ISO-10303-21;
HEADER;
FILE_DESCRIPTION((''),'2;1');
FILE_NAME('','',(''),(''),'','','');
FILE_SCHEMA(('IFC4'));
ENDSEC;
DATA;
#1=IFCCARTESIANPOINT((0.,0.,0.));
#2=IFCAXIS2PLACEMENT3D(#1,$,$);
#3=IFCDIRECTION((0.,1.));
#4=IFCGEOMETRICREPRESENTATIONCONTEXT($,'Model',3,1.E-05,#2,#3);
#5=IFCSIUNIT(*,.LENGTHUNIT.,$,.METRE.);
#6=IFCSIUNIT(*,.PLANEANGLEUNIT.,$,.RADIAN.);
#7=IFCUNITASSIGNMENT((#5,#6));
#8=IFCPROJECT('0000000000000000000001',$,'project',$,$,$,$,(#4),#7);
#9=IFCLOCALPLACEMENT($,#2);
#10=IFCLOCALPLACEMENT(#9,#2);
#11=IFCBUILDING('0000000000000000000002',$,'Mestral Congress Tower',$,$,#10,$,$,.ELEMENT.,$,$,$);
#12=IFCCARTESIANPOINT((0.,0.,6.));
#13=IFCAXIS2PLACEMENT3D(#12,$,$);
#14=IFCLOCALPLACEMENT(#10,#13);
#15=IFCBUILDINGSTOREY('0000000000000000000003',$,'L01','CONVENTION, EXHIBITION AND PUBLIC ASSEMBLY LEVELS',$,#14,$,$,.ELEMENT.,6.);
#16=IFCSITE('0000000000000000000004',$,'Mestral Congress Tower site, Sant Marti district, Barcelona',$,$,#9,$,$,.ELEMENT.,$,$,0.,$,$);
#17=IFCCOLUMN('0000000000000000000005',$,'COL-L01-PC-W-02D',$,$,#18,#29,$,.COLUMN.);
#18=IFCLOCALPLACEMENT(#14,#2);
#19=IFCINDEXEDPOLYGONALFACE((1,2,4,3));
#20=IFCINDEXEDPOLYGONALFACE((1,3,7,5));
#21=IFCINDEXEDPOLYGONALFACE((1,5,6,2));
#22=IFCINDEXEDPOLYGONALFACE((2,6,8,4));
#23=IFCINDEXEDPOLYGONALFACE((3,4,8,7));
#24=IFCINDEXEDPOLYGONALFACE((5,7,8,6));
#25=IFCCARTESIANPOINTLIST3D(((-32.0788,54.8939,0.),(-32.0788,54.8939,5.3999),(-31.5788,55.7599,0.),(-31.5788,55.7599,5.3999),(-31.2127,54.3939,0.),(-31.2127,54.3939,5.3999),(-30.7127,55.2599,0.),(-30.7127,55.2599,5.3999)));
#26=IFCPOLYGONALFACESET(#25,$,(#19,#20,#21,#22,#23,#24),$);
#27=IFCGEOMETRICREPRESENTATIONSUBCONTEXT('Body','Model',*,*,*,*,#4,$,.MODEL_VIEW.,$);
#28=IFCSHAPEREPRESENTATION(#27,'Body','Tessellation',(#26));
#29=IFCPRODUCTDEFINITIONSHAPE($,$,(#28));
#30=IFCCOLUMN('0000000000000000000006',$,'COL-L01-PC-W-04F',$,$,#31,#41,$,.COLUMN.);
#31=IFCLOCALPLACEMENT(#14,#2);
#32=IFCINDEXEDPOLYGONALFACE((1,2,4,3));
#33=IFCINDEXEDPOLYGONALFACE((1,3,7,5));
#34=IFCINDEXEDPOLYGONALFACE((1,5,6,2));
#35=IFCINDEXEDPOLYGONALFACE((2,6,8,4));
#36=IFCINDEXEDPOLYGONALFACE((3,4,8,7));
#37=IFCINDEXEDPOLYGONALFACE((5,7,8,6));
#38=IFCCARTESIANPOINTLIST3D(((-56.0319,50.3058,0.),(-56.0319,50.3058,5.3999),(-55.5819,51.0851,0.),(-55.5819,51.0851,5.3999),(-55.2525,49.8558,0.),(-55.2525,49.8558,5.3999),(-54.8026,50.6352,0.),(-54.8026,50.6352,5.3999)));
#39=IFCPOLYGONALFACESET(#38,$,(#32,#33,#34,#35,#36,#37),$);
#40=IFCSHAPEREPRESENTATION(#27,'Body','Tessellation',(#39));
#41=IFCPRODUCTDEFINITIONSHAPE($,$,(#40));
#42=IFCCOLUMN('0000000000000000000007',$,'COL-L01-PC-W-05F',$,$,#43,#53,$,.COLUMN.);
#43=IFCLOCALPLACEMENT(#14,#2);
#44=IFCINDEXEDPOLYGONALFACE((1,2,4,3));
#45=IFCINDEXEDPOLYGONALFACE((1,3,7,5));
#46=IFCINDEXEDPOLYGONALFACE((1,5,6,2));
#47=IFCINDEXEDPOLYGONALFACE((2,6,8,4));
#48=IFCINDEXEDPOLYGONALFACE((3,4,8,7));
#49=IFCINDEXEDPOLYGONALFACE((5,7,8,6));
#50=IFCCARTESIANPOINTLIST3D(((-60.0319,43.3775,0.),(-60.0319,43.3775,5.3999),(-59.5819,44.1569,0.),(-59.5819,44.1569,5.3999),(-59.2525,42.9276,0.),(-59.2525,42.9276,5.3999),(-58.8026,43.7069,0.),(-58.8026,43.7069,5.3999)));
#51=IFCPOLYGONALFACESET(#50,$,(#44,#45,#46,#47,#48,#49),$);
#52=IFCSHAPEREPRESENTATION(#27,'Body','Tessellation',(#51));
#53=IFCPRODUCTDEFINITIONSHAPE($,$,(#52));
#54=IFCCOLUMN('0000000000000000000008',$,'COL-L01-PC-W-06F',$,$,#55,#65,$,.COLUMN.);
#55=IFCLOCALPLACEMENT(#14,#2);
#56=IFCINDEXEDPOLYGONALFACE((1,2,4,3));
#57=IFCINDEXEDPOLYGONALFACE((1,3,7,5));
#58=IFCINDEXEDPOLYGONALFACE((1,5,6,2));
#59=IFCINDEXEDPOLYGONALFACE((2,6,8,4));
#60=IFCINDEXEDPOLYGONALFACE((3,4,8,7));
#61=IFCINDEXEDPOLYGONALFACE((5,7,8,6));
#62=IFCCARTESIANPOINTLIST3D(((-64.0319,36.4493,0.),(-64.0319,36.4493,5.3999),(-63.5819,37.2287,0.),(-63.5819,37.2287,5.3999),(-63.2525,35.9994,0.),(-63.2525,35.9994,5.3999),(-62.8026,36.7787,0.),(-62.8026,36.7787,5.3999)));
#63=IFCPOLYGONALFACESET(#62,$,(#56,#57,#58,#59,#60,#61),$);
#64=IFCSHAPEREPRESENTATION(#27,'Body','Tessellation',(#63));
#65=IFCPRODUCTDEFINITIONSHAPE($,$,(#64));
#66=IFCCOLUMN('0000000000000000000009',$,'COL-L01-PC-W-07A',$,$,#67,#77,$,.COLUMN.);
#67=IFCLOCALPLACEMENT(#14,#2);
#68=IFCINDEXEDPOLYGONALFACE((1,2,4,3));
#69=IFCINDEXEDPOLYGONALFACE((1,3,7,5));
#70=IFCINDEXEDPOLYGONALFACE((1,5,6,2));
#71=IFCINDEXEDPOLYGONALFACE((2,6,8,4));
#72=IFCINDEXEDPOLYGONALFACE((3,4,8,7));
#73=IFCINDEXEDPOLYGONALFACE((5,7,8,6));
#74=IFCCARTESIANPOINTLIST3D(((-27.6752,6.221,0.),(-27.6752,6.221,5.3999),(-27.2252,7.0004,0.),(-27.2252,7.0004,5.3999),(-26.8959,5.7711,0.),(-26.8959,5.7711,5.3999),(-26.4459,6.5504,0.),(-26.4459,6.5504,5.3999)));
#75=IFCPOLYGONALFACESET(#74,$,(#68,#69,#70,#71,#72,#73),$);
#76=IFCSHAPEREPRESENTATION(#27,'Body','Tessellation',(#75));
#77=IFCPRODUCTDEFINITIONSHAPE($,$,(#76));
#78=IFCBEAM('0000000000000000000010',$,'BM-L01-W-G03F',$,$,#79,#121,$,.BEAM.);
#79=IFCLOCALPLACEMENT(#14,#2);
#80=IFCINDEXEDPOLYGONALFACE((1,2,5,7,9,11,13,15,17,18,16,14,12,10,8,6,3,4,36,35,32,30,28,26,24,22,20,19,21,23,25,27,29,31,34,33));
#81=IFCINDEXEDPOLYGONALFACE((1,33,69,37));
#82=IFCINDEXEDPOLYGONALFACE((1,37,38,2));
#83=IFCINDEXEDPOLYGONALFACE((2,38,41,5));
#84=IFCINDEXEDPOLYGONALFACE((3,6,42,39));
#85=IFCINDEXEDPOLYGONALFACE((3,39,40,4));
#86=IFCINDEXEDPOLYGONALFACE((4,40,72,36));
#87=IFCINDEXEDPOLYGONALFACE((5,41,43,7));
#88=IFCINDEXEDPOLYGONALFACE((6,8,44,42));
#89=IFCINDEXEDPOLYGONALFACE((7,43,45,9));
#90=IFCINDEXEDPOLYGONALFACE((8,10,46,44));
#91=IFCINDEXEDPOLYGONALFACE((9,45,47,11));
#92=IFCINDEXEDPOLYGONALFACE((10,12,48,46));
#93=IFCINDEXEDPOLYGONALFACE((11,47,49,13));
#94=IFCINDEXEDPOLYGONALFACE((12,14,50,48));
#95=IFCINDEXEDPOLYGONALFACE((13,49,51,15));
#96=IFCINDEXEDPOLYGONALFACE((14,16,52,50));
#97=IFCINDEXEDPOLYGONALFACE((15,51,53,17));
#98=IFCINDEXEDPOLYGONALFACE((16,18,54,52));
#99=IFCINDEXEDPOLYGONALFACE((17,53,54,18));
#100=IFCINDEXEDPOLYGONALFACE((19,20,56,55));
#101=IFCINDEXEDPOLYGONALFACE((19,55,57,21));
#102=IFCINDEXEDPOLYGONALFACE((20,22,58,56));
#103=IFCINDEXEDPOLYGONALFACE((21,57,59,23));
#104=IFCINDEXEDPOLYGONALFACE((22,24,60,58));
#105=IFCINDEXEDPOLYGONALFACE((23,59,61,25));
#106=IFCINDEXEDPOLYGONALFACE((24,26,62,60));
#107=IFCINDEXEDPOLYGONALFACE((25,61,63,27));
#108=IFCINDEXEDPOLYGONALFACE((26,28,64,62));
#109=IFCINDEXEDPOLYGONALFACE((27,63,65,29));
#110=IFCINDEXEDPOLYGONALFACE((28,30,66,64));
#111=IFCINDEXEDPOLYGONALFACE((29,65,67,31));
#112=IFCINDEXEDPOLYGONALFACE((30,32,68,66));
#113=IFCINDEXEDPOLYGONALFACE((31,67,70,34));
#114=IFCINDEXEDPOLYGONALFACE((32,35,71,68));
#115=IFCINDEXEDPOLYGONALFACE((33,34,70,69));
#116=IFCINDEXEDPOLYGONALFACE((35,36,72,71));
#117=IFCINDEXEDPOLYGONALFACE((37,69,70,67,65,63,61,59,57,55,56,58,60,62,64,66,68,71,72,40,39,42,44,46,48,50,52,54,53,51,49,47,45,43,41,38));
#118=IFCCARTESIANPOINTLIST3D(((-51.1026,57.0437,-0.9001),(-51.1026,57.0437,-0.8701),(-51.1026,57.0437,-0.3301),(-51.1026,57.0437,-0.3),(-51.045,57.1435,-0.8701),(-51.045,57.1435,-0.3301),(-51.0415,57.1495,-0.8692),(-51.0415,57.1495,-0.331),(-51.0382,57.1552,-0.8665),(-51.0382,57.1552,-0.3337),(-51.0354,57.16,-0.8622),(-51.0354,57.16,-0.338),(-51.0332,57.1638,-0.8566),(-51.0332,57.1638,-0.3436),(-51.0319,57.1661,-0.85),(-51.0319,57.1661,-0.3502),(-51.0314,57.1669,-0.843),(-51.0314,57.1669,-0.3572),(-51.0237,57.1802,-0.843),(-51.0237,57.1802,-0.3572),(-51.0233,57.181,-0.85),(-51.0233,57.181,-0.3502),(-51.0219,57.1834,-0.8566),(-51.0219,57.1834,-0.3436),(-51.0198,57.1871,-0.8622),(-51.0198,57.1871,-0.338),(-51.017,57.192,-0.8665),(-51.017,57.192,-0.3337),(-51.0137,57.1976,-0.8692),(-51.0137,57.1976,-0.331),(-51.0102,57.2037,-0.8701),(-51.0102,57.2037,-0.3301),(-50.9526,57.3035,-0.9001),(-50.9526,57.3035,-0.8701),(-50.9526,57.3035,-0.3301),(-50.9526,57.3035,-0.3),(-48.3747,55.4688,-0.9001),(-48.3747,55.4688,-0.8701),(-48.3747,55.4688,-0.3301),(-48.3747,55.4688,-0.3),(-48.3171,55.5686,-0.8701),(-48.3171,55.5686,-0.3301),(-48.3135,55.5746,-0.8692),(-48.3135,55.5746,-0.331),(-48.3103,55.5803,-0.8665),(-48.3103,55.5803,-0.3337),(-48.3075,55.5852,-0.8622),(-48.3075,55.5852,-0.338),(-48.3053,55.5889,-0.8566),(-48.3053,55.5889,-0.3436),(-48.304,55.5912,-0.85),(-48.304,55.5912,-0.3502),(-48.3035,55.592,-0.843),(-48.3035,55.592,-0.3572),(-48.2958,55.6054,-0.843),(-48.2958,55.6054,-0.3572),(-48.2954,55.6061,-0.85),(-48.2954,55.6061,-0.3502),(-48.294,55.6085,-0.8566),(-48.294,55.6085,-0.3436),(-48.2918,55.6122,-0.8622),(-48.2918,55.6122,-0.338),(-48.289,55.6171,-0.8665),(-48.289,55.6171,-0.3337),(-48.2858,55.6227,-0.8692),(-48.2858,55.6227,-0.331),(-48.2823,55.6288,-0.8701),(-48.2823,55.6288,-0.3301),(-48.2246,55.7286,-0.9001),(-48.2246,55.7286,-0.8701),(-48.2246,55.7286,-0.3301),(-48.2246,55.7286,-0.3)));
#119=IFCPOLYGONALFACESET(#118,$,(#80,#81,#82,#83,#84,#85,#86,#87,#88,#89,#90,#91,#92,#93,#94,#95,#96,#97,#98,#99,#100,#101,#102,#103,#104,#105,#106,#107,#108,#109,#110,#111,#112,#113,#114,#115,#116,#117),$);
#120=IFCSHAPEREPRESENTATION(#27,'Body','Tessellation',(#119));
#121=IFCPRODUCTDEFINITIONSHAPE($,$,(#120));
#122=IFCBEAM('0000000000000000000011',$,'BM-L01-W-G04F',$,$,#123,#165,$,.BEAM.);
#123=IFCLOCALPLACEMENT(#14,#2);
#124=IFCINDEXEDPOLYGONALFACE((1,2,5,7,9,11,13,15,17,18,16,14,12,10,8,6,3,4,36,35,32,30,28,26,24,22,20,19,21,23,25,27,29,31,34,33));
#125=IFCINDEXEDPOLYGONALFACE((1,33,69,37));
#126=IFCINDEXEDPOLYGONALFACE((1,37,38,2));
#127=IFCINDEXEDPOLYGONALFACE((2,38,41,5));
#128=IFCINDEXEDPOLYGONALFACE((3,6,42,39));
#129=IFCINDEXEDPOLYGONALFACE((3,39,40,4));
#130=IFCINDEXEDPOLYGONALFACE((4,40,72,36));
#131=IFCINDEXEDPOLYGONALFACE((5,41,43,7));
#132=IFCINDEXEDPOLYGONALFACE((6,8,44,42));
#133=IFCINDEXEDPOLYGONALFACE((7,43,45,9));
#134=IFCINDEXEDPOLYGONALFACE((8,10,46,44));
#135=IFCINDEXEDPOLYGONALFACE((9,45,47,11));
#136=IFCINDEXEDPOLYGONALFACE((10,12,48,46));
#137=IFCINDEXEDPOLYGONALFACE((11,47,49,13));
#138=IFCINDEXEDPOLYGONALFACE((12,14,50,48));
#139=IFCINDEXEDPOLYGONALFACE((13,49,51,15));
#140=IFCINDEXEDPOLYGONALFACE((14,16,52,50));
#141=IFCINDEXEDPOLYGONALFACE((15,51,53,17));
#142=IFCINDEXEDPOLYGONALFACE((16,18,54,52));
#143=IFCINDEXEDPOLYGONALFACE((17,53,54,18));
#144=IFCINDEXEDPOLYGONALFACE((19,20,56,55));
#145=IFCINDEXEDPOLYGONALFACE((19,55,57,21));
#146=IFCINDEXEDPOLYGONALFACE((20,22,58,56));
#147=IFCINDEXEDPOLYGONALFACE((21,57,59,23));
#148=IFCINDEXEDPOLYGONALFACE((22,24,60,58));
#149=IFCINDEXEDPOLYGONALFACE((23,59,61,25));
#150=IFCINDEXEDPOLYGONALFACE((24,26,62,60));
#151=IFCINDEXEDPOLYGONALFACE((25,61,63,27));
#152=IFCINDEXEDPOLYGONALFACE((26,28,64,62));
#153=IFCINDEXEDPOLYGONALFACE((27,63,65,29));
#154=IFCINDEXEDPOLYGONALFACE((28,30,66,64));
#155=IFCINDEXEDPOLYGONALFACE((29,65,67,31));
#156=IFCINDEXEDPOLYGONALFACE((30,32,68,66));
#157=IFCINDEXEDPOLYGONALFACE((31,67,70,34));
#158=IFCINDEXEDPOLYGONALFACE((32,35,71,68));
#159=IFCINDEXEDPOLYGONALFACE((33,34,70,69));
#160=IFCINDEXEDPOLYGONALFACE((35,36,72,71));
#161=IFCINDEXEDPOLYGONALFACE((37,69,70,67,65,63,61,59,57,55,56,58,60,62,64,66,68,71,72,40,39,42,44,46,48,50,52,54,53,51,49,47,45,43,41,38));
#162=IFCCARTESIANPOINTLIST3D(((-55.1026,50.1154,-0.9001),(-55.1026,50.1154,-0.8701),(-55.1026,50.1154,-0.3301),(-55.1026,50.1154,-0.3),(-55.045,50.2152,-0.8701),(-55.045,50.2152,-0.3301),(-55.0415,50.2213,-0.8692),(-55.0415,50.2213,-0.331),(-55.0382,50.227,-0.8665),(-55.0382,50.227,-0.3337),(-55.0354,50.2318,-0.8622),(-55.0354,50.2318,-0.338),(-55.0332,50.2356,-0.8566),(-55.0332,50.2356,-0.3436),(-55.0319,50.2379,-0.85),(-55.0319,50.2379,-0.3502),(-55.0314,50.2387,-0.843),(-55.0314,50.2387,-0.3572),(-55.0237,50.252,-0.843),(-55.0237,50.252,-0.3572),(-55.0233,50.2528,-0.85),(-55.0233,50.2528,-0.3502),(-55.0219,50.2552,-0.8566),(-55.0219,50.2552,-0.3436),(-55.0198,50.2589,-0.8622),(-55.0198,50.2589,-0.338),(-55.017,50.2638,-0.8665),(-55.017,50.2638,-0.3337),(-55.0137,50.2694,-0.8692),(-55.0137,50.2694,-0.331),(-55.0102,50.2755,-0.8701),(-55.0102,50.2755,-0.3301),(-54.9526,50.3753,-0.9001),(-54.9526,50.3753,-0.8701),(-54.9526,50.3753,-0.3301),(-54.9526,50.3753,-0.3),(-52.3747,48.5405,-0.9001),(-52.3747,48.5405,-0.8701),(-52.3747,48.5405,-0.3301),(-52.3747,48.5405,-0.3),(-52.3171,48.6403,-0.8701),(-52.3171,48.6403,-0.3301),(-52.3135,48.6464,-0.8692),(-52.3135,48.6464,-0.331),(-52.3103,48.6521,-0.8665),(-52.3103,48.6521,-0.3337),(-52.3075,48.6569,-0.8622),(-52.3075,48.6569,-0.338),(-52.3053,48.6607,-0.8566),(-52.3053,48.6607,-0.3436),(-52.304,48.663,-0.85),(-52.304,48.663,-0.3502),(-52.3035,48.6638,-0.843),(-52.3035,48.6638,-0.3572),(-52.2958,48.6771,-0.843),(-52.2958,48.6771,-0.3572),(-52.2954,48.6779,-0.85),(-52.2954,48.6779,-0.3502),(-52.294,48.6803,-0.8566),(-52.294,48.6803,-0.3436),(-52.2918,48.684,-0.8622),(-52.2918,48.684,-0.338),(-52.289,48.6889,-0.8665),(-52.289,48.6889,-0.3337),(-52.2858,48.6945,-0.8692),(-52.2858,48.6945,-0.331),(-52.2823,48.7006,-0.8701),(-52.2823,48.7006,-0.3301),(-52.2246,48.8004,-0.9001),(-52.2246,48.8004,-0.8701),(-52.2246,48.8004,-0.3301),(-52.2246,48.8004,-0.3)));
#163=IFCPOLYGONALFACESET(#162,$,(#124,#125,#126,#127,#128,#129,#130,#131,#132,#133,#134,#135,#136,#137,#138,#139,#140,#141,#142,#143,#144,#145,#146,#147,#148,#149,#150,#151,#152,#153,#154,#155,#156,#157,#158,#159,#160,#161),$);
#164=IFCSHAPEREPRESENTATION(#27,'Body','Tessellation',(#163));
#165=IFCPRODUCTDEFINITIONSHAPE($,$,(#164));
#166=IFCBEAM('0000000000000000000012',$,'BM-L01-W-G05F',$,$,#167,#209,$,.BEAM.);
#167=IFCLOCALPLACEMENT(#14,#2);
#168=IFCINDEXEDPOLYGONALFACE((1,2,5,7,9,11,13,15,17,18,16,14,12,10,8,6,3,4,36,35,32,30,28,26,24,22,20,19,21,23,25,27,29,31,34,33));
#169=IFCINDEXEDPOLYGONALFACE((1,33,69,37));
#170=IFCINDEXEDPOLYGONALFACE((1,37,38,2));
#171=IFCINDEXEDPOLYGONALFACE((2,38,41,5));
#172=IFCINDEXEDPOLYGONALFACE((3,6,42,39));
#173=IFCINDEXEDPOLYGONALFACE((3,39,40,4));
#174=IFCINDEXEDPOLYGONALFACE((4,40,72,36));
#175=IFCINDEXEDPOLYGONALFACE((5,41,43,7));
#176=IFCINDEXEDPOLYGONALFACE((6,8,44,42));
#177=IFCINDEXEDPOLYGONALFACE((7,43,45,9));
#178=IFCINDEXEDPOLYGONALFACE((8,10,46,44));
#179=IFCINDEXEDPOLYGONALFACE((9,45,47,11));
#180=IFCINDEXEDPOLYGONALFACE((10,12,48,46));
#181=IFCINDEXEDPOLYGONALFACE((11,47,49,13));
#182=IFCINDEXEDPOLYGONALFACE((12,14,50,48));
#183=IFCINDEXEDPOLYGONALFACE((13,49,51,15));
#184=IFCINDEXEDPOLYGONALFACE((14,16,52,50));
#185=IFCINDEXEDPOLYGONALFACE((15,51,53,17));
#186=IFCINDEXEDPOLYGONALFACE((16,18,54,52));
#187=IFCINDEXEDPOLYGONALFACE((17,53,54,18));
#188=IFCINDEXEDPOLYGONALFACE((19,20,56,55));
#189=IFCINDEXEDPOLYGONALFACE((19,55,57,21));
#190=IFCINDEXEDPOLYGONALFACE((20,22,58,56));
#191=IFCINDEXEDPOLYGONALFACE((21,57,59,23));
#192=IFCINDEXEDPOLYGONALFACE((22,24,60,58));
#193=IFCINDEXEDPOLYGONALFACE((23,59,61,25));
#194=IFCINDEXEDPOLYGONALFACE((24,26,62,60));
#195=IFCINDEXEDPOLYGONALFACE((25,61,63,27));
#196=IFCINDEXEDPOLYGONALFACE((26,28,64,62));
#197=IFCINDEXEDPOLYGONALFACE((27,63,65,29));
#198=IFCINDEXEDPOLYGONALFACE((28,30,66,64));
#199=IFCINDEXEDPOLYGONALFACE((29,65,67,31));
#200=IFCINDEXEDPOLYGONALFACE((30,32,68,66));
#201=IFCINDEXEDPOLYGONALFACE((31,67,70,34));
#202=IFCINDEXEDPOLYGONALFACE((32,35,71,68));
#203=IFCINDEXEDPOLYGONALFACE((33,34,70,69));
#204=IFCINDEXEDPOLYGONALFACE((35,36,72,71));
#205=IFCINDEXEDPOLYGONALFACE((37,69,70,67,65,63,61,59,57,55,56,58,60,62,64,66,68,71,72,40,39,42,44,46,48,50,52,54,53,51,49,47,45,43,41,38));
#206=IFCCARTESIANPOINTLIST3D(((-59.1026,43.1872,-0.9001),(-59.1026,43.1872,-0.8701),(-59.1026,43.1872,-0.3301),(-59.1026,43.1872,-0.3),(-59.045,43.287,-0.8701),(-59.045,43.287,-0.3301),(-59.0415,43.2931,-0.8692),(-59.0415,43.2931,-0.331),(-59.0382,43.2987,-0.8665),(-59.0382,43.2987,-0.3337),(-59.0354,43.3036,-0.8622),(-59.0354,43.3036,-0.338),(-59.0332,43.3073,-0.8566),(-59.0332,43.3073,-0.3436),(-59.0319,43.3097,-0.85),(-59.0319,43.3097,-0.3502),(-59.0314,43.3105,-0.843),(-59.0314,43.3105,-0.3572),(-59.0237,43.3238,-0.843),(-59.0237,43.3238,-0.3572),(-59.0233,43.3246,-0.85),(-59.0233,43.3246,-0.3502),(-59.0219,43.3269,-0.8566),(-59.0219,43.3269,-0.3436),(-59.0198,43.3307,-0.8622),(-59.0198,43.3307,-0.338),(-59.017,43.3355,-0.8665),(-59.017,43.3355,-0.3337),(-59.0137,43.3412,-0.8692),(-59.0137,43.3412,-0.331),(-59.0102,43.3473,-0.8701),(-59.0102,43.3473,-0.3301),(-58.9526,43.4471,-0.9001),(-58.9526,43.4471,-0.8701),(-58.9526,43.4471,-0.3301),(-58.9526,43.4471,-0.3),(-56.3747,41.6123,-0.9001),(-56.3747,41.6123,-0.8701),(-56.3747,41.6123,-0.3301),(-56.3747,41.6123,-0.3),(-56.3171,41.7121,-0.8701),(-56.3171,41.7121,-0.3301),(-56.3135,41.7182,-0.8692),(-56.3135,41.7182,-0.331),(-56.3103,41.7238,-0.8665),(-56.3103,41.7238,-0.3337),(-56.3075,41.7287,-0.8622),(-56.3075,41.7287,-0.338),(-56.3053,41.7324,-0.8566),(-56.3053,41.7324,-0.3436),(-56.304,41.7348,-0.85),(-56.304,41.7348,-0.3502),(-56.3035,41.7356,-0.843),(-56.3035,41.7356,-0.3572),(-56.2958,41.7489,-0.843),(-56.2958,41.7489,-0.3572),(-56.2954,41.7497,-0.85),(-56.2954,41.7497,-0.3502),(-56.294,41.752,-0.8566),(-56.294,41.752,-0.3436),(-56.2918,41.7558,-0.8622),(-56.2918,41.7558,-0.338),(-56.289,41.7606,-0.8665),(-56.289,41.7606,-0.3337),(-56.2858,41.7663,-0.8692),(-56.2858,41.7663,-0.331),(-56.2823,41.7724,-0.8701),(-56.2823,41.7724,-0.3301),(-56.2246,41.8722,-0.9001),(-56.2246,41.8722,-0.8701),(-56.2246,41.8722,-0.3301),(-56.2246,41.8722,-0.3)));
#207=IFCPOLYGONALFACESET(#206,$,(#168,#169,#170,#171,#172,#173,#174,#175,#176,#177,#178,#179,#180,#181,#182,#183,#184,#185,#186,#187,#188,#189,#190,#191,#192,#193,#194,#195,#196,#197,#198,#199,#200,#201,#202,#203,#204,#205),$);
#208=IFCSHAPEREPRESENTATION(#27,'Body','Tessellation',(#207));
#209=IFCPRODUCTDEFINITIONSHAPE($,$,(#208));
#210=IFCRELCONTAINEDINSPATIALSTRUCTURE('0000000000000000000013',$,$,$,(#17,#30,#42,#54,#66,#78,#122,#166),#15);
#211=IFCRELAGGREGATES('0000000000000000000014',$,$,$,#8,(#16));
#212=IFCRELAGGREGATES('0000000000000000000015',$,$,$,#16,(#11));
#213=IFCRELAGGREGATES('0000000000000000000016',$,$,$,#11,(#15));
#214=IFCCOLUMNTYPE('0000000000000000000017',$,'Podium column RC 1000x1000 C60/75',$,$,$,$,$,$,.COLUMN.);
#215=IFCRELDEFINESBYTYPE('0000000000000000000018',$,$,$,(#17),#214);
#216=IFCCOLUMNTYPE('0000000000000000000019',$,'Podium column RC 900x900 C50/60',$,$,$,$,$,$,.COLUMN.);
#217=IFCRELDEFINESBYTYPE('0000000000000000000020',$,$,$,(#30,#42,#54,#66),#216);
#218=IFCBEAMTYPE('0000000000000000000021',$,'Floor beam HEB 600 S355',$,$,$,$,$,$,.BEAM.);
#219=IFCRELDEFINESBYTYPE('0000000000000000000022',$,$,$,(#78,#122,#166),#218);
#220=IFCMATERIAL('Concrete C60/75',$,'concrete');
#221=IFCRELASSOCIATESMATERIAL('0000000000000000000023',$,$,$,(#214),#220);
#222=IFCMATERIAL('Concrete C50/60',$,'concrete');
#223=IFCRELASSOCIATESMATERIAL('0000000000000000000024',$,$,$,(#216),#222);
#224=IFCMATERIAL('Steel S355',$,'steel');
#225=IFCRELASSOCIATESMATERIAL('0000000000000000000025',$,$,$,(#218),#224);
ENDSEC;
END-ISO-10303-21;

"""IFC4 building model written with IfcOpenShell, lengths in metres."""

from ifc_helpers import new_model, si_unit, direction, frame, origin, origin_2d, place, context, subcontext, project, spatial, rectangle, i_section, extrude, material, material_profile, profile_set, type_object, element, save


model = new_model("IFC4")

# Units and contexts
model_context = context("Model", 3, precision=1e-05, world=origin(), true_north=direction((0.0, 1.0)))
body_context = subcontext(model_context, "Body", "Model", "MODEL_VIEW")
ifc_project = project(units=[si_unit("LENGTHUNIT", "METRE"), si_unit("PLANEANGLEUNIT", "RADIAN")], contexts=[model_context])

# Site, building, storey
site_placement = place(None, origin())
site = spatial("IfcSite", under=ifc_project, at=site_placement, Name="Mestral Congress Tower site, Sant Marti district, Barcelona", CompositionType="ELEMENT", RefElevation=0.0)
building_placement = place(site_placement, origin())
building = spatial("IfcBuilding", under=site, at=building_placement, Name="Mestral Congress Tower", CompositionType="ELEMENT")
storey_placement = place(building_placement, frame((0.0, 0.0, 6.0)))
storey = spatial("IfcBuildingStorey", under=building, at=storey_placement, Name="L01", Description="CONVENTION, EXHIBITION AND PUBLIC ASSEMBLY LEVELS", CompositionType="ELEMENT", Elevation=6.0)

# Columns
ifc_material_1 = material(Name="Concrete C60/75", Category="concrete")
ifc_material_profile_1 = material_profile(ifc_material_1, rectangle(XDim=1.0, YDim=1.0, at=origin_2d()), Name="RC 1000x1000")
ifc_profile_set_1 = profile_set([ifc_material_profile_1], Name="Concrete C60/75")
column_type_1 = type_object("IfcColumnType", Name="Podium column RC 1000x1000 C60/75", PredefinedType="COLUMN", material=ifc_profile_set_1)
column_placement = place(storey_placement, frame((-31.3958, 55.0769, 0.0), z_axis=(0.0, 0.0, 1.0), x_axis=(-0.5, -0.866025, 0.0)))
element("IfcColumn", 1, at=column_placement, inside=storey, type_object=column_type_1, Name="COL-L01-PC-W-02D", PredefinedType="COLUMN", context=body_context, shape_type="SweptSolid", body=[
    extrude(rectangle(XDim=1.0, YDim=1.0, at=origin_2d()), origin(), (0.0, 0.0, 1.0), 5.3999),
])
ifc_material_2 = material(Name="Concrete C50/60", Category="concrete")
ifc_material_profile_2 = material_profile(ifc_material_2, rectangle(XDim=0.8999, YDim=0.8999, at=origin_2d()), Name="RC 900x900")
ifc_profile_set_2 = profile_set([ifc_material_profile_2], Name="Concrete C50/60")
column_type_2 = type_object("IfcColumnType", Name="Podium column RC 900x900 C50/60", PredefinedType="COLUMN", material=ifc_profile_set_2)
for number, where, z_axis, x_axis, name in (
    (2, (-55.4172, 50.4705, 0.0), (0.0, 0.0, 1.0), (-0.5, -0.866025, 0.0), "COL-L01-PC-W-04F"),
    (3, (-59.4172, 43.5422, 0.0), (0.0, 0.0, 1.0), (-0.5, -0.866025, 0.0), "COL-L01-PC-W-05F"),
    (4, (-63.4172, 36.614, 0.0), (0.0, 0.0, 1.0), (-0.5, -0.866025, 0.0), "COL-L01-PC-W-06F"),
    (5, (-27.0605, 6.3857, 0.0), (0.0, 0.0, 1.0), (-0.5, -0.866025, 0.0), "COL-L01-PC-W-07A"),
):
    element("IfcColumn", number, at=place(storey_placement, frame(where, z_axis=z_axis, x_axis=x_axis)), inside=storey, type_object=column_type_2, Name=name, PredefinedType="COLUMN", context=body_context, shape_type="SweptSolid", body=[
        extrude(rectangle(XDim=0.8999, YDim=0.8999, at=origin_2d()), origin(), (0.0, 0.0, 1.0), 5.3999),
    ])

# Beams
ifc_material_3 = material(Name="Steel S355", Category="steel")
ifc_material_profile_3 = material_profile(ifc_material_3, i_section(OverallWidth=0.3, OverallDepth=0.6001, WebThickness=0.0154, FlangeThickness=0.03, FilletRadius=0.0271, at=origin_2d()), Name="HEB 600")
ifc_profile_set_3 = profile_set([ifc_material_profile_3], Name="Steel S355")
beam_type_1 = type_object("IfcBeamType", Name="Floor beam HEB 600 S355", PredefinedType="BEAM", material=ifc_profile_set_3)
for number, where, z_axis, x_axis, name in (
    (6, (-51.0276, 57.1736, -0.6001), (0.866036, -0.499982, 0.0), (0.499982, 0.866036, 0.0), "BM-L01-W-G03F"),
    (7, (-55.0276, 50.2454, -0.6001), (0.866036, -0.499982, 0.0), (0.499982, 0.866036, 0.0), "BM-L01-W-G04F"),
    (8, (-59.0276, 43.3171, -0.6001), (0.866036, -0.499982, 0.0), (0.499982, 0.866036, 0.0), "BM-L01-W-G05F"),
):
    element("IfcBeam", number, at=place(storey_placement, frame(where, z_axis=z_axis, x_axis=x_axis)), inside=storey, type_object=beam_type_1, Name=name, PredefinedType="BEAM", context=body_context, shape_type="SweptSolid", body=[
        extrude(i_section(OverallWidth=0.3, OverallDepth=0.6001, WebThickness=0.0154, FlangeThickness=0.03, FilletRadius=0.0271, at=origin_2d()), origin(), (0.0, 0.0, 1.0), 3.1499),
    ])

save(model, "model.ifc")
